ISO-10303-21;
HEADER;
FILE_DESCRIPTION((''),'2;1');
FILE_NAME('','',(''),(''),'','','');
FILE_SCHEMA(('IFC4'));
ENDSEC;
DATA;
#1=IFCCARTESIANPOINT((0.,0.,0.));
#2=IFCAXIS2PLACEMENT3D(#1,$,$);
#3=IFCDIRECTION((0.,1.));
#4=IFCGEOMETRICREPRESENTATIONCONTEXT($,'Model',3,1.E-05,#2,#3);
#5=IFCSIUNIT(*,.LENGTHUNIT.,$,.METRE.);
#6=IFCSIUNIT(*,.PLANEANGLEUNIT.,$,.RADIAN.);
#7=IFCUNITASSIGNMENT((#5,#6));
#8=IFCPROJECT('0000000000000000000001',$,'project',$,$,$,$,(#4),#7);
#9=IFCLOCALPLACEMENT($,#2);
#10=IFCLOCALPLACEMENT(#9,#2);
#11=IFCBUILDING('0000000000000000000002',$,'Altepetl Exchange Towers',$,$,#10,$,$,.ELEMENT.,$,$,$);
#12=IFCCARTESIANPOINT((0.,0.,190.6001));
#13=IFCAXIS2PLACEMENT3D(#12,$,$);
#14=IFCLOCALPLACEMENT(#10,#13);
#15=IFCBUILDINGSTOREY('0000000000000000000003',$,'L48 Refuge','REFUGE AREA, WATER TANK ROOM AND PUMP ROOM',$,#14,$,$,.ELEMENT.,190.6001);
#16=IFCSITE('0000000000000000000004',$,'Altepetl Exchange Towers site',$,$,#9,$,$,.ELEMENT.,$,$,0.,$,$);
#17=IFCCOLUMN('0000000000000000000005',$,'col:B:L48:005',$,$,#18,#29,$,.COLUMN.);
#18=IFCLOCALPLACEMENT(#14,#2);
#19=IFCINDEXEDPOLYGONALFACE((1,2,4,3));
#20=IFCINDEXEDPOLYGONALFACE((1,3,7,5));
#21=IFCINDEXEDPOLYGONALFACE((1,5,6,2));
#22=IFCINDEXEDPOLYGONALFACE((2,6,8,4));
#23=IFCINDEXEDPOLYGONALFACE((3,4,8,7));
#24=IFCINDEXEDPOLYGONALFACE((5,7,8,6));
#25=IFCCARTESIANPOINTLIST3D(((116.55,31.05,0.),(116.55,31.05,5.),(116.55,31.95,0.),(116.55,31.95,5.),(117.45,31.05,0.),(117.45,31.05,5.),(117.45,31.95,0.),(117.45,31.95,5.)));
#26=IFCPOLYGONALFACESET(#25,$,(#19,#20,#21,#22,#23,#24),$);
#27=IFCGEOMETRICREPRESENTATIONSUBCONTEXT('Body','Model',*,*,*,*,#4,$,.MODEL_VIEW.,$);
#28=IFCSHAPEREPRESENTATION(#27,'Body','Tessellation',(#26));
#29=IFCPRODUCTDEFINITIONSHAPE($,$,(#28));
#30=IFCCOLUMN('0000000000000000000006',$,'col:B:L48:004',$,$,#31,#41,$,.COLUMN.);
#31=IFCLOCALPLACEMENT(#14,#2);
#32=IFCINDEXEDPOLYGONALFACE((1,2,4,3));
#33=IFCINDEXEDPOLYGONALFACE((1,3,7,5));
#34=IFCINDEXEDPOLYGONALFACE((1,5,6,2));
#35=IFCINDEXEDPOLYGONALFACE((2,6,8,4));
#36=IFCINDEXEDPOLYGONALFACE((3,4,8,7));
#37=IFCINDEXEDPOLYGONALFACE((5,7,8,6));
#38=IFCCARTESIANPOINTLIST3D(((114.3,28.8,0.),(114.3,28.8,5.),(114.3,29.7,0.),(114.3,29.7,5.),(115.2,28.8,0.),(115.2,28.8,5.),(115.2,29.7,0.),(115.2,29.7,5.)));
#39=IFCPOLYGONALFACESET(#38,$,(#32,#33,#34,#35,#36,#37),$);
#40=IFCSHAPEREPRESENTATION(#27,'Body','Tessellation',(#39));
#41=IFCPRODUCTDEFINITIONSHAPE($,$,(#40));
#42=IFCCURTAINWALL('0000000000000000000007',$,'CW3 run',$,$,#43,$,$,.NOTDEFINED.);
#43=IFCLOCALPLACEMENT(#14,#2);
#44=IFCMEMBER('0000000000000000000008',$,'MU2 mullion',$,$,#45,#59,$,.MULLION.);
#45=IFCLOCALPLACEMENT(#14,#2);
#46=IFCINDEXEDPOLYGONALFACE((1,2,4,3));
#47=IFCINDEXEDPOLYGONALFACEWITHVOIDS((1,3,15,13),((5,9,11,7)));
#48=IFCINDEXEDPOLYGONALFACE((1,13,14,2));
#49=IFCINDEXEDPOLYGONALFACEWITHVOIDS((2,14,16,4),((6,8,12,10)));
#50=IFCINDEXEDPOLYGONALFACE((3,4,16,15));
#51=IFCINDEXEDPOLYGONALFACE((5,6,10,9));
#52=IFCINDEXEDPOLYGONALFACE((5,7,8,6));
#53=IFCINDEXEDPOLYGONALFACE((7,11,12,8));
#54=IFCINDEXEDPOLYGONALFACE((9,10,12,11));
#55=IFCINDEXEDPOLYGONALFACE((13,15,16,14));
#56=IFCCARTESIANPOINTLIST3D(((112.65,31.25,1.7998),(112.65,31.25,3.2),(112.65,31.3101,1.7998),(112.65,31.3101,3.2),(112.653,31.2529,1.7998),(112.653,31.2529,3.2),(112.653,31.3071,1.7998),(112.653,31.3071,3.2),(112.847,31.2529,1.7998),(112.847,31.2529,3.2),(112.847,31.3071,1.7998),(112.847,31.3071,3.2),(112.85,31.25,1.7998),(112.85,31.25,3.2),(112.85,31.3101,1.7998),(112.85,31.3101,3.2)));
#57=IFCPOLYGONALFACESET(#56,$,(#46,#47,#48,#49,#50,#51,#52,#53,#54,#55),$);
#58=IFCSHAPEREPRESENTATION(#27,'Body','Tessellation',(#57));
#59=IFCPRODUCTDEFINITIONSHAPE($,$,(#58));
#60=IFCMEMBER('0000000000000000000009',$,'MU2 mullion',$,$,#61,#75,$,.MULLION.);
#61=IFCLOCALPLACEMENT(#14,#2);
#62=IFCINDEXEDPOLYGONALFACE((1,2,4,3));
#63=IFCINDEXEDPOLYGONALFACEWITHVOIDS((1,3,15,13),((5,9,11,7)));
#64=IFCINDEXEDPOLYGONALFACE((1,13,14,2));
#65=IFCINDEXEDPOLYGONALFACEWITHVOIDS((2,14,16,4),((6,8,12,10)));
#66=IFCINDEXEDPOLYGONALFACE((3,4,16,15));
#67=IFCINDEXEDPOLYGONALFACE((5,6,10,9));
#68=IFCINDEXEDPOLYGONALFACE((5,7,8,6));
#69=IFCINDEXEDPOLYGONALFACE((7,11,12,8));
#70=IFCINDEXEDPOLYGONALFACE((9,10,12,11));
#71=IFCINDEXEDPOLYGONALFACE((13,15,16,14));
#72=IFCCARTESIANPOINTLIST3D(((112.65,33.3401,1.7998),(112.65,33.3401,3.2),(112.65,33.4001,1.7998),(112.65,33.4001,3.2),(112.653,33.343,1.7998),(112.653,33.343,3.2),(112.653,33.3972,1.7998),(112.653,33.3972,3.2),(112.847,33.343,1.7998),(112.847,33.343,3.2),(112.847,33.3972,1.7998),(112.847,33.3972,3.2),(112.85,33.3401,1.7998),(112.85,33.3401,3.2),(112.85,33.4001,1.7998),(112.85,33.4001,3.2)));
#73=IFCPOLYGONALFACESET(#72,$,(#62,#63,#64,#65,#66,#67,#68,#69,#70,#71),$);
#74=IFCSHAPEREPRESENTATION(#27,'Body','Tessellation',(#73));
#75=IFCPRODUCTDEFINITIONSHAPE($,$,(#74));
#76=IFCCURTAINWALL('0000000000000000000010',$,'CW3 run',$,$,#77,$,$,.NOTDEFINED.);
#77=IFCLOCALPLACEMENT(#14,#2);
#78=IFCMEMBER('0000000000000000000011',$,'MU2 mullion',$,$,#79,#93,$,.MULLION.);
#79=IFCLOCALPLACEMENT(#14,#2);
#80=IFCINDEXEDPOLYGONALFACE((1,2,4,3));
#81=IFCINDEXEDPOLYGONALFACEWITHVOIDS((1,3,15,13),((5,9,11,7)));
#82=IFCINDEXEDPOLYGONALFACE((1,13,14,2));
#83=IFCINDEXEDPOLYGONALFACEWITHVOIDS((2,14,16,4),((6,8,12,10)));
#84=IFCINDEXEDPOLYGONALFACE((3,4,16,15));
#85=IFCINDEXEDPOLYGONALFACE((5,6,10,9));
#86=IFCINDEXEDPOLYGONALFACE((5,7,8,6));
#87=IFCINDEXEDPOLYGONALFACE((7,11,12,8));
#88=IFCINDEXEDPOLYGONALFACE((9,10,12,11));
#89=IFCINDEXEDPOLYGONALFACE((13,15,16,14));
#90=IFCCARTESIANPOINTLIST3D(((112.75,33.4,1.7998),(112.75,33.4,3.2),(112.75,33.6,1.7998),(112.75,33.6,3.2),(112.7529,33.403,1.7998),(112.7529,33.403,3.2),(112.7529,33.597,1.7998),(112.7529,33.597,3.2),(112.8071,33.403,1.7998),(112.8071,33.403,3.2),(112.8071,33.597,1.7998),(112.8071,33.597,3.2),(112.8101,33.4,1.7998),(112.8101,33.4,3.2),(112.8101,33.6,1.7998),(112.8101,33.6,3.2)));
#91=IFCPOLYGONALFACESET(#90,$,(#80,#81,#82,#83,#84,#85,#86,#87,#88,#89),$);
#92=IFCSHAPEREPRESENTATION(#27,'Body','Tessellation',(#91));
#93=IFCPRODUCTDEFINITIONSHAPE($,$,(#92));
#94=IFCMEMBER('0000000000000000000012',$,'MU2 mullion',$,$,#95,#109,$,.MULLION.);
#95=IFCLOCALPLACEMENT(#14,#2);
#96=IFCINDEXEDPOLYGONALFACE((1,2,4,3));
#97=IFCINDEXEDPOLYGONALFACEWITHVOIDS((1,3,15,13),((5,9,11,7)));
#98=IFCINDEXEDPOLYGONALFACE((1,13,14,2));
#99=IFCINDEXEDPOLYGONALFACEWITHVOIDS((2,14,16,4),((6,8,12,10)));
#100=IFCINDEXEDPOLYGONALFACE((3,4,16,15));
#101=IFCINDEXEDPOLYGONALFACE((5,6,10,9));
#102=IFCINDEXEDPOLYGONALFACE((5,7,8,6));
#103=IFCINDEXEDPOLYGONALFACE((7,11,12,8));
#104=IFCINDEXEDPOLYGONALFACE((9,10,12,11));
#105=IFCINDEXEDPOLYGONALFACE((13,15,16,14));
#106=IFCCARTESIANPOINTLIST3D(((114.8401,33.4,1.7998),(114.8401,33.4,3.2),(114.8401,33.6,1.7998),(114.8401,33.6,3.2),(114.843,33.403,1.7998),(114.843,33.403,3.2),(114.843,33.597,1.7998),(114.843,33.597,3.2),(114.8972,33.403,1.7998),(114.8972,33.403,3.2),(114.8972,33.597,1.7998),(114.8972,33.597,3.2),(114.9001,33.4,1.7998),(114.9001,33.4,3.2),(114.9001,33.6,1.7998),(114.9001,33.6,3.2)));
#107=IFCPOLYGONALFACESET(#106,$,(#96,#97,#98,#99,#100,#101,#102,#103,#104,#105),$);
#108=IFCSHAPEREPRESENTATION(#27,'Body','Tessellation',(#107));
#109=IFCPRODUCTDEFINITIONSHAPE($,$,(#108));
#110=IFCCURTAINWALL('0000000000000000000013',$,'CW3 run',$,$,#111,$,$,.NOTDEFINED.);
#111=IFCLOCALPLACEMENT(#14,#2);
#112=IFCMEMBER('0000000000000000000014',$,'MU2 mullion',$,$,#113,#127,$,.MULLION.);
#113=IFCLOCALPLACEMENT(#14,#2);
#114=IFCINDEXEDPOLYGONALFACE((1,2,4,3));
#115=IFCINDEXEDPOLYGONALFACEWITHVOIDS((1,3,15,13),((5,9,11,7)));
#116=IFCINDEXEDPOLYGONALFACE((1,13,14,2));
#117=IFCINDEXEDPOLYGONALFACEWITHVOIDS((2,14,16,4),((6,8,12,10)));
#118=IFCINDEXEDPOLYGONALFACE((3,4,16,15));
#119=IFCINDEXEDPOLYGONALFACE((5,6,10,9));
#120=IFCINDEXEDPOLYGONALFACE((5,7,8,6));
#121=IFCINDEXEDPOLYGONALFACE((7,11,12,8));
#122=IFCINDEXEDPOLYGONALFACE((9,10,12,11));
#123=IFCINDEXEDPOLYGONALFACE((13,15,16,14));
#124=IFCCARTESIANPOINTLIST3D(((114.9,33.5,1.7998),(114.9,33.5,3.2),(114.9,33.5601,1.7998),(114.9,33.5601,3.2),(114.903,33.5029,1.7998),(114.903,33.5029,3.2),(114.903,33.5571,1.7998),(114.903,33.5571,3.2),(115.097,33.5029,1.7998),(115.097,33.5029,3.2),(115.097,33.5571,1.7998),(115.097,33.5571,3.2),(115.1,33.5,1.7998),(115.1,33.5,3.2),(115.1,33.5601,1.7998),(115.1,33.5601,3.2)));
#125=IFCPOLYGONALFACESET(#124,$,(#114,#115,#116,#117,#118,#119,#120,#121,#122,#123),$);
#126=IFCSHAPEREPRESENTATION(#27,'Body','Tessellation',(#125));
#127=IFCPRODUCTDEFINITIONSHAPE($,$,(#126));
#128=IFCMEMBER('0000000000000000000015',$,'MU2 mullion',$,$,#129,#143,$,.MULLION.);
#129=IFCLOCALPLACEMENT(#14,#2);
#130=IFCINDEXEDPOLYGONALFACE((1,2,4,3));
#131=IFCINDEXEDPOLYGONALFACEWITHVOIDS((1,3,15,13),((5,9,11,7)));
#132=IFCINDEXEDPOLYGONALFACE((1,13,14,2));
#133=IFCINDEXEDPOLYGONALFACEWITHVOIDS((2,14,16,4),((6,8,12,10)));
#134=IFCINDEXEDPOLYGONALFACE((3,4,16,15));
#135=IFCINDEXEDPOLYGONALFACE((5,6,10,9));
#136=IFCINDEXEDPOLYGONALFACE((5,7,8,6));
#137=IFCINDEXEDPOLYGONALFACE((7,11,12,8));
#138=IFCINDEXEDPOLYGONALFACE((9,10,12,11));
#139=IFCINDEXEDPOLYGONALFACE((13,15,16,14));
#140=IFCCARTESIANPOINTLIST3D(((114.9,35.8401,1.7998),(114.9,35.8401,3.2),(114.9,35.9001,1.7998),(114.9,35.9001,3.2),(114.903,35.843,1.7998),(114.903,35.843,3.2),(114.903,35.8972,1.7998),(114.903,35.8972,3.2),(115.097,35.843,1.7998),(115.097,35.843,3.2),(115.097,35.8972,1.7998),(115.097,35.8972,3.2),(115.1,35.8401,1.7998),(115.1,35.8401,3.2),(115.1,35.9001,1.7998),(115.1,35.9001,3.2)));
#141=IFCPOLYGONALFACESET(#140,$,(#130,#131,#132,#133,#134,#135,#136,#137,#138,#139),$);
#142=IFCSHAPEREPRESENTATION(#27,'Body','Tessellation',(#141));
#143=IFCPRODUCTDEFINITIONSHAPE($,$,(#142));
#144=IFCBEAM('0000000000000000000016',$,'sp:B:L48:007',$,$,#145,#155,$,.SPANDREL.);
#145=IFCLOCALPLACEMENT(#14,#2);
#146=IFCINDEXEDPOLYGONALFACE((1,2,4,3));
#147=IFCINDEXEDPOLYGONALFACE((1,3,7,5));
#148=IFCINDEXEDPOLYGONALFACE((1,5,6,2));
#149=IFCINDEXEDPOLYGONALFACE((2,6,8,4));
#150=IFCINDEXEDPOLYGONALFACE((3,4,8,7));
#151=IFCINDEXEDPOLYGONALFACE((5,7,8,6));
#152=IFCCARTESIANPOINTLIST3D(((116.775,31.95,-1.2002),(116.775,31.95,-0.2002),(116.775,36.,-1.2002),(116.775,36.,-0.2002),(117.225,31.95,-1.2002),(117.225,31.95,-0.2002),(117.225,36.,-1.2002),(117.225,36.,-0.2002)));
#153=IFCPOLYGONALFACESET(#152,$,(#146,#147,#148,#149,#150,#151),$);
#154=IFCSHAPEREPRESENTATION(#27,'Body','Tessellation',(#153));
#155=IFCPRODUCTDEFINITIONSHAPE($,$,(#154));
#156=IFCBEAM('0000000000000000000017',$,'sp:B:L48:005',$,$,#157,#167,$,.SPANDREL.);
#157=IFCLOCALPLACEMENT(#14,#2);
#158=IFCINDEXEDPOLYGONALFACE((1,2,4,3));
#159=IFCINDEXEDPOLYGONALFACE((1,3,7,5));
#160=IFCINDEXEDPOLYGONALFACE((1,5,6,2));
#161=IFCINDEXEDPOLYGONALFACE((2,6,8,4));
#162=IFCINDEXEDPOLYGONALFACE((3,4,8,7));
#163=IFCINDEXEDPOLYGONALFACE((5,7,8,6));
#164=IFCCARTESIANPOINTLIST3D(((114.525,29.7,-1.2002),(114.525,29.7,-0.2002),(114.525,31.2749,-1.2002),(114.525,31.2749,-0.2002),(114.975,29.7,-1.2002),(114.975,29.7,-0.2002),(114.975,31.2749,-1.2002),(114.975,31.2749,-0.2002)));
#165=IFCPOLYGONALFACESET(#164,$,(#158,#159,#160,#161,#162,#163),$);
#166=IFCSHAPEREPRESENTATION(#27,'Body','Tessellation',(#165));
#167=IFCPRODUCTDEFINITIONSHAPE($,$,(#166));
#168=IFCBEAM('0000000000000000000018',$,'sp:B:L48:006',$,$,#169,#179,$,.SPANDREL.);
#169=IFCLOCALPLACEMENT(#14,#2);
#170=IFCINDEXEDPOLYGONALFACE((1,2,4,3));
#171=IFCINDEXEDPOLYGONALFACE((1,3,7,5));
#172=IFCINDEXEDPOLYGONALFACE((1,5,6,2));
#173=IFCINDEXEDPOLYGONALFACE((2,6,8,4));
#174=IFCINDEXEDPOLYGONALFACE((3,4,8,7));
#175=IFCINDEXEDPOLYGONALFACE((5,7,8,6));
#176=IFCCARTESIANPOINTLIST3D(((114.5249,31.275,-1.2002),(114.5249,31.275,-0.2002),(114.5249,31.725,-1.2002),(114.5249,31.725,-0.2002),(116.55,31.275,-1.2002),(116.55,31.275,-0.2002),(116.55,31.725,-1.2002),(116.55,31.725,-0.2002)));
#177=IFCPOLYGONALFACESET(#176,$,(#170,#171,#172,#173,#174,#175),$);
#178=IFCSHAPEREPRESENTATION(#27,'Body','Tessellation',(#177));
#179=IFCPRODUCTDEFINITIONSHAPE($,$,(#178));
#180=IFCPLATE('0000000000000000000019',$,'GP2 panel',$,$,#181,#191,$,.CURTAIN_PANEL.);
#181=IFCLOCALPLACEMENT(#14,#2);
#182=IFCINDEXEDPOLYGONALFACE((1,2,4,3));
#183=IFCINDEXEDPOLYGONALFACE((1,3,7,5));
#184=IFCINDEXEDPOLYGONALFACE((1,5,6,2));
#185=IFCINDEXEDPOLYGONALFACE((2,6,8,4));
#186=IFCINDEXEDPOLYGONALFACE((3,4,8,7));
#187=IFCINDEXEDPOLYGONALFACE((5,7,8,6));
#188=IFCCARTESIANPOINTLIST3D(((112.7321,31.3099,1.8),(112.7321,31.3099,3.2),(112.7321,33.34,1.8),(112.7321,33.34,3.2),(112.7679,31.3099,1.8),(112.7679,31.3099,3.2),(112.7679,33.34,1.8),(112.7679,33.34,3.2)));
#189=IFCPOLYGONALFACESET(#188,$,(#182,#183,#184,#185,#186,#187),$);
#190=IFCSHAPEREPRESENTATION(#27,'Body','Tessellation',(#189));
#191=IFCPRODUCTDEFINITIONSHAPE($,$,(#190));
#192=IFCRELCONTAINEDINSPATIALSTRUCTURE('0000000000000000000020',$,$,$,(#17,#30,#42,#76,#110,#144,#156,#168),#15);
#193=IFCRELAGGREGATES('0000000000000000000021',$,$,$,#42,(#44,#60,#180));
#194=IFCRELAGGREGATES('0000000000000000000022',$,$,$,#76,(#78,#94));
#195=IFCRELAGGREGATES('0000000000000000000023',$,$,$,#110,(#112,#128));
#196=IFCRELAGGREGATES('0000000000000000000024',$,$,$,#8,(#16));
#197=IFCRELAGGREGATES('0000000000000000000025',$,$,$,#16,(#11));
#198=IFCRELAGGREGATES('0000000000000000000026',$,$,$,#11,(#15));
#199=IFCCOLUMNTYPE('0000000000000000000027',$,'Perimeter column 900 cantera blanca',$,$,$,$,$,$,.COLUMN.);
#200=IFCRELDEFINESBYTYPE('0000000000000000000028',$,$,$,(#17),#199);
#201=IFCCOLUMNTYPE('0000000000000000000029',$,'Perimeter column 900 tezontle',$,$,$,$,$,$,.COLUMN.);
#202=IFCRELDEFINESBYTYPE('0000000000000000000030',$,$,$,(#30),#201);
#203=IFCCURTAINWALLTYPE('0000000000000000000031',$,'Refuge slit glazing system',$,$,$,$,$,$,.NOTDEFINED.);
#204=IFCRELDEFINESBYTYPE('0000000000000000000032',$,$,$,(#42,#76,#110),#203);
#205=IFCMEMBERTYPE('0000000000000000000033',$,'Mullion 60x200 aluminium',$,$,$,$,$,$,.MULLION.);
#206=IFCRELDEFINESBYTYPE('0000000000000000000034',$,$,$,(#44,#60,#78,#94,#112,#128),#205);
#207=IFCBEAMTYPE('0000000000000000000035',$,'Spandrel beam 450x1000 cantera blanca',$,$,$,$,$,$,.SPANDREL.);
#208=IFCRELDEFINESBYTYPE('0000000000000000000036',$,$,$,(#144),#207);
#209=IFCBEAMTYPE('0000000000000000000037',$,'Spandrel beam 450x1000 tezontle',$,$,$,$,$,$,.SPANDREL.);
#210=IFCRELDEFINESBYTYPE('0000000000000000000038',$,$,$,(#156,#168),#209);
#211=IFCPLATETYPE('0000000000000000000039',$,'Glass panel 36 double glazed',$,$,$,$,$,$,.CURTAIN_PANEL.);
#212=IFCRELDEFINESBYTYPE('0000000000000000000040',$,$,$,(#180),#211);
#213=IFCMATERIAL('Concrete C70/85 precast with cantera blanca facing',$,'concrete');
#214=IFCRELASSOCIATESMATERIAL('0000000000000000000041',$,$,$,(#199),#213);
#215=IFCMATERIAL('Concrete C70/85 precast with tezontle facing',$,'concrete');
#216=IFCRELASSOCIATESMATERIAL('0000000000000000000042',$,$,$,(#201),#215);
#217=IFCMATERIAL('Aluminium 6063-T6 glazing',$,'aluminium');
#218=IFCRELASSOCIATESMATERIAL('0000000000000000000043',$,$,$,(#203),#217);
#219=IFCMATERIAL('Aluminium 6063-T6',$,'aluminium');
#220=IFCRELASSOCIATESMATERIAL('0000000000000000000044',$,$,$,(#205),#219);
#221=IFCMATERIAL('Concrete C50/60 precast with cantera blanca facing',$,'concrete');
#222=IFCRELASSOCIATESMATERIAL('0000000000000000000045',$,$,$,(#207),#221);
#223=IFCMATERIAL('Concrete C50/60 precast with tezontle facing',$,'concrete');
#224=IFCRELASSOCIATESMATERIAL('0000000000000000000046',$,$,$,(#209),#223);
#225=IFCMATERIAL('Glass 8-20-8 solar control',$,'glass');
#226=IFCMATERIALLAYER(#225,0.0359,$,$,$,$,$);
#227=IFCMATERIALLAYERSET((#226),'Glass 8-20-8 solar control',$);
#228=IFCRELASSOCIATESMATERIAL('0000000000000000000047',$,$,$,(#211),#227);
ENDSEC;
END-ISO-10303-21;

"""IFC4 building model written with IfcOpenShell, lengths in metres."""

from ifc_helpers import new_model, si_unit, direction, frame, origin, origin_2d, place, context, subcontext, project, spatial, rectangle, hollow_rectangle, extrude, material, layer, layer_set, material_profile, profile_set, type_object, element, aggregate, save


model = new_model("IFC4")

# Units and contexts
model_context = context("Model", 3, precision=1e-05, world=origin(), true_north=direction((0.0, 1.0)))
body_context = subcontext(model_context, "Body", "Model", "MODEL_VIEW")
ifc_project = project(units=[si_unit("LENGTHUNIT", "METRE"), si_unit("PLANEANGLEUNIT", "RADIAN")], contexts=[model_context])

# Site, building, storey
site_placement = place(None, origin())
site = spatial("IfcSite", under=ifc_project, at=site_placement, Name="Altepetl Exchange Towers site", CompositionType="ELEMENT", RefElevation=0.0)
building_placement = place(site_placement, origin())
building = spatial("IfcBuilding", under=site, at=building_placement, Name="Altepetl Exchange Towers", CompositionType="ELEMENT")
storey_placement = place(building_placement, frame((0.0, 0.0, 190.6001)))
storey = spatial("IfcBuildingStorey", under=building, at=storey_placement, Name="L48 Refuge", Description="REFUGE AREA, WATER TANK ROOM AND PUMP ROOM", CompositionType="ELEMENT", Elevation=190.6001)

# Columns
ifc_material_1 = material(Name="Concrete C70/85 precast with cantera blanca facing", Category="concrete")
ifc_material_profile_1 = material_profile(ifc_material_1, rectangle(XDim=0.8999, YDim=0.8999, at=origin_2d()), Name="900 x 900")
ifc_profile_set_1 = profile_set([ifc_material_profile_1], Name="Concrete C70/85 precast with cantera blanca facing")
column_type_1 = type_object("IfcColumnType", Name="Perimeter column 900 cantera blanca", PredefinedType="COLUMN", material=ifc_profile_set_1)
column_1_placement = place(storey_placement, frame((117.0, 31.5, 0.0)))
element("IfcColumn", 1, at=column_1_placement, inside=storey, type_object=column_type_1, Name="col:B:L48:005", PredefinedType="COLUMN", context=body_context, shape_type="SweptSolid", body=[
    extrude(rectangle(XDim=0.8999, YDim=0.8999, at=origin_2d()), origin(), (0.0, 0.0, 1.0), 5.0),
])
ifc_material_2 = material(Name="Concrete C70/85 precast with tezontle facing", Category="concrete")
ifc_material_profile_2 = material_profile(ifc_material_2, rectangle(XDim=0.8999, YDim=0.8999, at=origin_2d()), Name="900 x 900")
ifc_profile_set_2 = profile_set([ifc_material_profile_2], Name="Concrete C70/85 precast with tezontle facing")
column_type_2 = type_object("IfcColumnType", Name="Perimeter column 900 tezontle", PredefinedType="COLUMN", material=ifc_profile_set_2)
column_2_placement = place(storey_placement, frame((114.75, 29.25, 0.0)))
element("IfcColumn", 2, at=column_2_placement, inside=storey, type_object=column_type_2, Name="col:B:L48:004", PredefinedType="COLUMN", context=body_context, shape_type="SweptSolid", body=[
    extrude(rectangle(XDim=0.8999, YDim=0.8999, at=origin_2d()), origin(), (0.0, 0.0, 1.0), 5.0),
])

# Curtain walls, members
ifc_material_3 = material(Name="Aluminium 6063-T6 glazing", Category="aluminium")
curtain_wall_type = type_object("IfcCurtainWallType", Name="Refuge slit glazing system", PredefinedType="NOTDEFINED", material=ifc_material_3)
curtain_wall_1_placement = place(storey_placement, origin())
curtain_wall_1 = element("IfcCurtainWall", 3, at=curtain_wall_1_placement, inside=storey, type_object=curtain_wall_type, Name="CW3 run", PredefinedType="NOTDEFINED")
ifc_material_4 = material(Name="Aluminium 6063-T6", Category="aluminium")
ifc_material_profile_3 = material_profile(ifc_material_4, hollow_rectangle(XDim=0.0601, YDim=0.2, WallThickness=0.0029, at=origin_2d()), Name="Mullion 60x200 aluminium")
ifc_profile_set_3 = profile_set([ifc_material_profile_3], Name="Aluminium 6063-T6")
member_type = type_object("IfcMemberType", Name="Mullion 60x200 aluminium", PredefinedType="MULLION", material=ifc_profile_set_3)
member_1_placement = place(storey_placement, frame((112.75, 31.28, 1.7998), z_axis=(0.0, 0.0, 1.0), x_axis=(0.0, 1.0, 0.0)))
member_1 = element("IfcMember", 4, at=member_1_placement, type_object=member_type, Name="MU2 mullion", PredefinedType="MULLION", context=body_context, shape_type="SweptSolid", body=[
    extrude(hollow_rectangle(XDim=0.0601, YDim=0.2, WallThickness=0.0029, at=origin_2d()), origin(), (0.0, 0.0, 1.0), 1.4001),
])
member_2_placement = place(storey_placement, frame((112.75, 33.3701, 1.7998), z_axis=(0.0, 0.0, 1.0), x_axis=(0.0, 1.0, 0.0)))
member_2 = element("IfcMember", 5, at=member_2_placement, type_object=member_type, Name="MU2 mullion", PredefinedType="MULLION", context=body_context, shape_type="SweptSolid", body=[
    extrude(hollow_rectangle(XDim=0.0601, YDim=0.2, WallThickness=0.0029, at=origin_2d()), origin(), (0.0, 0.0, 1.0), 1.4001),
])
curtain_wall_2_placement = place(storey_placement, origin())
curtain_wall_2 = element("IfcCurtainWall", 6, at=curtain_wall_2_placement, inside=storey, type_object=curtain_wall_type, Name="CW3 run", PredefinedType="NOTDEFINED")
member_3_placement = place(storey_placement, frame((112.78, 33.5, 1.7998)))
member_3 = element("IfcMember", 7, at=member_3_placement, type_object=member_type, Name="MU2 mullion", PredefinedType="MULLION", context=body_context, shape_type="SweptSolid", body=[
    extrude(hollow_rectangle(XDim=0.0601, YDim=0.2, WallThickness=0.0029, at=origin_2d()), origin(), (0.0, 0.0, 1.0), 1.4001),
])
member_4_placement = place(storey_placement, frame((114.8701, 33.5, 1.7998)))
member_4 = element("IfcMember", 8, at=member_4_placement, type_object=member_type, Name="MU2 mullion", PredefinedType="MULLION", context=body_context, shape_type="SweptSolid", body=[
    extrude(hollow_rectangle(XDim=0.0601, YDim=0.2, WallThickness=0.0029, at=origin_2d()), origin(), (0.0, 0.0, 1.0), 1.4001),
])
curtain_wall_3_placement = place(storey_placement, origin())
curtain_wall_3 = element("IfcCurtainWall", 9, at=curtain_wall_3_placement, inside=storey, type_object=curtain_wall_type, Name="CW3 run", PredefinedType="NOTDEFINED")
member_5_placement = place(storey_placement, frame((115.0, 33.53, 1.7998), z_axis=(0.0, 0.0, 1.0), x_axis=(0.0, 1.0, 0.0)))
member_5 = element("IfcMember", 10, at=member_5_placement, type_object=member_type, Name="MU2 mullion", PredefinedType="MULLION", context=body_context, shape_type="SweptSolid", body=[
    extrude(hollow_rectangle(XDim=0.0601, YDim=0.2, WallThickness=0.0029, at=origin_2d()), origin(), (0.0, 0.0, 1.0), 1.4001),
])
member_6_placement = place(storey_placement, frame((115.0, 35.8701, 1.7998), z_axis=(0.0, 0.0, 1.0), x_axis=(0.0, 1.0, 0.0)))
member_6 = element("IfcMember", 11, at=member_6_placement, type_object=member_type, Name="MU2 mullion", PredefinedType="MULLION", context=body_context, shape_type="SweptSolid", body=[
    extrude(hollow_rectangle(XDim=0.0601, YDim=0.2, WallThickness=0.0029, at=origin_2d()), origin(), (0.0, 0.0, 1.0), 1.4001),
])

# Beams
ifc_material_5 = material(Name="Concrete C50/60 precast with cantera blanca facing", Category="concrete")
ifc_material_profile_4 = material_profile(ifc_material_5, rectangle(XDim=0.45, YDim=1.0, at=origin_2d()), Name="450 x 1000")
ifc_profile_set_4 = profile_set([ifc_material_profile_4], Name="Concrete C50/60 precast with cantera blanca facing")
beam_type_1 = type_object("IfcBeamType", Name="Spandrel beam 450x1000 cantera blanca", PredefinedType="SPANDREL", material=ifc_profile_set_4)
beam_1_placement = place(storey_placement, frame((117.0, 31.95, -0.7002), z_axis=(0.0, 1.0, 0.0), x_axis=(-1.0, 0.0, 0.0)))
element("IfcBeam", 12, at=beam_1_placement, inside=storey, type_object=beam_type_1, Name="sp:B:L48:007", PredefinedType="SPANDREL", context=body_context, shape_type="SweptSolid", body=[
    extrude(rectangle(XDim=0.45, YDim=1.0, at=origin_2d()), origin(), (0.0, 0.0, 1.0), 4.05),
])
ifc_material_6 = material(Name="Concrete C50/60 precast with tezontle facing", Category="concrete")
ifc_material_profile_5 = material_profile(ifc_material_6, rectangle(XDim=0.45, YDim=1.0, at=origin_2d()), Name="450 x 1000")
ifc_profile_set_5 = profile_set([ifc_material_profile_5], Name="Concrete C50/60 precast with tezontle facing")
beam_type_2 = type_object("IfcBeamType", Name="Spandrel beam 450x1000 tezontle", PredefinedType="SPANDREL", material=ifc_profile_set_5)
beam_2_placement = place(storey_placement, frame((114.75, 29.7, -0.7002), z_axis=(0.0, 1.0, 0.0), x_axis=(-1.0, 0.0, 0.0)))
element("IfcBeam", 13, at=beam_2_placement, inside=storey, type_object=beam_type_2, Name="sp:B:L48:005", PredefinedType="SPANDREL", context=body_context, shape_type="SweptSolid", body=[
    extrude(rectangle(XDim=0.45, YDim=1.0, at=origin_2d()), origin(), (0.0, 0.0, 1.0), 1.575),
])
beam_3_placement = place(storey_placement, frame((114.5249, 31.5, -0.7002), z_axis=(1.0, 0.0, 0.0), x_axis=(0.0, 1.0, 0.0)))
element("IfcBeam", 14, at=beam_3_placement, inside=storey, type_object=beam_type_2, Name="sp:B:L48:006", PredefinedType="SPANDREL", context=body_context, shape_type="SweptSolid", body=[
    extrude(rectangle(XDim=0.45, YDim=1.0, at=origin_2d()), origin(), (0.0, 0.0, 1.0), 2.0251),
])

# Plate
ifc_material_7 = material(Name="Glass 8-20-8 solar control", Category="glass")
ifc_layer_1 = layer(ifc_material_7, 0.0359)
ifc_layer_set_1 = layer_set([ifc_layer_1], Name="Glass 8-20-8 solar control")
plate_type = type_object("IfcPlateType", Name="Glass panel 36 double glazed", PredefinedType="CURTAIN_PANEL", material=ifc_layer_set_1)
plate_1_placement = place(storey_placement, frame((112.75, 32.325, 1.8), z_axis=(0.0, 0.0, 1.0), x_axis=(0.0, 1.0, 0.0)))
plate_1 = element("IfcPlate", 15, at=plate_1_placement, type_object=plate_type, Name="GP2 panel", PredefinedType="CURTAIN_PANEL", context=body_context, shape_type="SweptSolid", body=[
    extrude(rectangle(XDim=2.03, YDim=0.0359, at=origin_2d()), origin(), (0.0, 0.0, 1.0), 1.3999),
])
aggregate(curtain_wall_1, [member_1, member_2, plate_1])
aggregate(curtain_wall_2, [member_3, member_4])
aggregate(curtain_wall_3, [member_5, member_6])

save(model, "model.ifc")
